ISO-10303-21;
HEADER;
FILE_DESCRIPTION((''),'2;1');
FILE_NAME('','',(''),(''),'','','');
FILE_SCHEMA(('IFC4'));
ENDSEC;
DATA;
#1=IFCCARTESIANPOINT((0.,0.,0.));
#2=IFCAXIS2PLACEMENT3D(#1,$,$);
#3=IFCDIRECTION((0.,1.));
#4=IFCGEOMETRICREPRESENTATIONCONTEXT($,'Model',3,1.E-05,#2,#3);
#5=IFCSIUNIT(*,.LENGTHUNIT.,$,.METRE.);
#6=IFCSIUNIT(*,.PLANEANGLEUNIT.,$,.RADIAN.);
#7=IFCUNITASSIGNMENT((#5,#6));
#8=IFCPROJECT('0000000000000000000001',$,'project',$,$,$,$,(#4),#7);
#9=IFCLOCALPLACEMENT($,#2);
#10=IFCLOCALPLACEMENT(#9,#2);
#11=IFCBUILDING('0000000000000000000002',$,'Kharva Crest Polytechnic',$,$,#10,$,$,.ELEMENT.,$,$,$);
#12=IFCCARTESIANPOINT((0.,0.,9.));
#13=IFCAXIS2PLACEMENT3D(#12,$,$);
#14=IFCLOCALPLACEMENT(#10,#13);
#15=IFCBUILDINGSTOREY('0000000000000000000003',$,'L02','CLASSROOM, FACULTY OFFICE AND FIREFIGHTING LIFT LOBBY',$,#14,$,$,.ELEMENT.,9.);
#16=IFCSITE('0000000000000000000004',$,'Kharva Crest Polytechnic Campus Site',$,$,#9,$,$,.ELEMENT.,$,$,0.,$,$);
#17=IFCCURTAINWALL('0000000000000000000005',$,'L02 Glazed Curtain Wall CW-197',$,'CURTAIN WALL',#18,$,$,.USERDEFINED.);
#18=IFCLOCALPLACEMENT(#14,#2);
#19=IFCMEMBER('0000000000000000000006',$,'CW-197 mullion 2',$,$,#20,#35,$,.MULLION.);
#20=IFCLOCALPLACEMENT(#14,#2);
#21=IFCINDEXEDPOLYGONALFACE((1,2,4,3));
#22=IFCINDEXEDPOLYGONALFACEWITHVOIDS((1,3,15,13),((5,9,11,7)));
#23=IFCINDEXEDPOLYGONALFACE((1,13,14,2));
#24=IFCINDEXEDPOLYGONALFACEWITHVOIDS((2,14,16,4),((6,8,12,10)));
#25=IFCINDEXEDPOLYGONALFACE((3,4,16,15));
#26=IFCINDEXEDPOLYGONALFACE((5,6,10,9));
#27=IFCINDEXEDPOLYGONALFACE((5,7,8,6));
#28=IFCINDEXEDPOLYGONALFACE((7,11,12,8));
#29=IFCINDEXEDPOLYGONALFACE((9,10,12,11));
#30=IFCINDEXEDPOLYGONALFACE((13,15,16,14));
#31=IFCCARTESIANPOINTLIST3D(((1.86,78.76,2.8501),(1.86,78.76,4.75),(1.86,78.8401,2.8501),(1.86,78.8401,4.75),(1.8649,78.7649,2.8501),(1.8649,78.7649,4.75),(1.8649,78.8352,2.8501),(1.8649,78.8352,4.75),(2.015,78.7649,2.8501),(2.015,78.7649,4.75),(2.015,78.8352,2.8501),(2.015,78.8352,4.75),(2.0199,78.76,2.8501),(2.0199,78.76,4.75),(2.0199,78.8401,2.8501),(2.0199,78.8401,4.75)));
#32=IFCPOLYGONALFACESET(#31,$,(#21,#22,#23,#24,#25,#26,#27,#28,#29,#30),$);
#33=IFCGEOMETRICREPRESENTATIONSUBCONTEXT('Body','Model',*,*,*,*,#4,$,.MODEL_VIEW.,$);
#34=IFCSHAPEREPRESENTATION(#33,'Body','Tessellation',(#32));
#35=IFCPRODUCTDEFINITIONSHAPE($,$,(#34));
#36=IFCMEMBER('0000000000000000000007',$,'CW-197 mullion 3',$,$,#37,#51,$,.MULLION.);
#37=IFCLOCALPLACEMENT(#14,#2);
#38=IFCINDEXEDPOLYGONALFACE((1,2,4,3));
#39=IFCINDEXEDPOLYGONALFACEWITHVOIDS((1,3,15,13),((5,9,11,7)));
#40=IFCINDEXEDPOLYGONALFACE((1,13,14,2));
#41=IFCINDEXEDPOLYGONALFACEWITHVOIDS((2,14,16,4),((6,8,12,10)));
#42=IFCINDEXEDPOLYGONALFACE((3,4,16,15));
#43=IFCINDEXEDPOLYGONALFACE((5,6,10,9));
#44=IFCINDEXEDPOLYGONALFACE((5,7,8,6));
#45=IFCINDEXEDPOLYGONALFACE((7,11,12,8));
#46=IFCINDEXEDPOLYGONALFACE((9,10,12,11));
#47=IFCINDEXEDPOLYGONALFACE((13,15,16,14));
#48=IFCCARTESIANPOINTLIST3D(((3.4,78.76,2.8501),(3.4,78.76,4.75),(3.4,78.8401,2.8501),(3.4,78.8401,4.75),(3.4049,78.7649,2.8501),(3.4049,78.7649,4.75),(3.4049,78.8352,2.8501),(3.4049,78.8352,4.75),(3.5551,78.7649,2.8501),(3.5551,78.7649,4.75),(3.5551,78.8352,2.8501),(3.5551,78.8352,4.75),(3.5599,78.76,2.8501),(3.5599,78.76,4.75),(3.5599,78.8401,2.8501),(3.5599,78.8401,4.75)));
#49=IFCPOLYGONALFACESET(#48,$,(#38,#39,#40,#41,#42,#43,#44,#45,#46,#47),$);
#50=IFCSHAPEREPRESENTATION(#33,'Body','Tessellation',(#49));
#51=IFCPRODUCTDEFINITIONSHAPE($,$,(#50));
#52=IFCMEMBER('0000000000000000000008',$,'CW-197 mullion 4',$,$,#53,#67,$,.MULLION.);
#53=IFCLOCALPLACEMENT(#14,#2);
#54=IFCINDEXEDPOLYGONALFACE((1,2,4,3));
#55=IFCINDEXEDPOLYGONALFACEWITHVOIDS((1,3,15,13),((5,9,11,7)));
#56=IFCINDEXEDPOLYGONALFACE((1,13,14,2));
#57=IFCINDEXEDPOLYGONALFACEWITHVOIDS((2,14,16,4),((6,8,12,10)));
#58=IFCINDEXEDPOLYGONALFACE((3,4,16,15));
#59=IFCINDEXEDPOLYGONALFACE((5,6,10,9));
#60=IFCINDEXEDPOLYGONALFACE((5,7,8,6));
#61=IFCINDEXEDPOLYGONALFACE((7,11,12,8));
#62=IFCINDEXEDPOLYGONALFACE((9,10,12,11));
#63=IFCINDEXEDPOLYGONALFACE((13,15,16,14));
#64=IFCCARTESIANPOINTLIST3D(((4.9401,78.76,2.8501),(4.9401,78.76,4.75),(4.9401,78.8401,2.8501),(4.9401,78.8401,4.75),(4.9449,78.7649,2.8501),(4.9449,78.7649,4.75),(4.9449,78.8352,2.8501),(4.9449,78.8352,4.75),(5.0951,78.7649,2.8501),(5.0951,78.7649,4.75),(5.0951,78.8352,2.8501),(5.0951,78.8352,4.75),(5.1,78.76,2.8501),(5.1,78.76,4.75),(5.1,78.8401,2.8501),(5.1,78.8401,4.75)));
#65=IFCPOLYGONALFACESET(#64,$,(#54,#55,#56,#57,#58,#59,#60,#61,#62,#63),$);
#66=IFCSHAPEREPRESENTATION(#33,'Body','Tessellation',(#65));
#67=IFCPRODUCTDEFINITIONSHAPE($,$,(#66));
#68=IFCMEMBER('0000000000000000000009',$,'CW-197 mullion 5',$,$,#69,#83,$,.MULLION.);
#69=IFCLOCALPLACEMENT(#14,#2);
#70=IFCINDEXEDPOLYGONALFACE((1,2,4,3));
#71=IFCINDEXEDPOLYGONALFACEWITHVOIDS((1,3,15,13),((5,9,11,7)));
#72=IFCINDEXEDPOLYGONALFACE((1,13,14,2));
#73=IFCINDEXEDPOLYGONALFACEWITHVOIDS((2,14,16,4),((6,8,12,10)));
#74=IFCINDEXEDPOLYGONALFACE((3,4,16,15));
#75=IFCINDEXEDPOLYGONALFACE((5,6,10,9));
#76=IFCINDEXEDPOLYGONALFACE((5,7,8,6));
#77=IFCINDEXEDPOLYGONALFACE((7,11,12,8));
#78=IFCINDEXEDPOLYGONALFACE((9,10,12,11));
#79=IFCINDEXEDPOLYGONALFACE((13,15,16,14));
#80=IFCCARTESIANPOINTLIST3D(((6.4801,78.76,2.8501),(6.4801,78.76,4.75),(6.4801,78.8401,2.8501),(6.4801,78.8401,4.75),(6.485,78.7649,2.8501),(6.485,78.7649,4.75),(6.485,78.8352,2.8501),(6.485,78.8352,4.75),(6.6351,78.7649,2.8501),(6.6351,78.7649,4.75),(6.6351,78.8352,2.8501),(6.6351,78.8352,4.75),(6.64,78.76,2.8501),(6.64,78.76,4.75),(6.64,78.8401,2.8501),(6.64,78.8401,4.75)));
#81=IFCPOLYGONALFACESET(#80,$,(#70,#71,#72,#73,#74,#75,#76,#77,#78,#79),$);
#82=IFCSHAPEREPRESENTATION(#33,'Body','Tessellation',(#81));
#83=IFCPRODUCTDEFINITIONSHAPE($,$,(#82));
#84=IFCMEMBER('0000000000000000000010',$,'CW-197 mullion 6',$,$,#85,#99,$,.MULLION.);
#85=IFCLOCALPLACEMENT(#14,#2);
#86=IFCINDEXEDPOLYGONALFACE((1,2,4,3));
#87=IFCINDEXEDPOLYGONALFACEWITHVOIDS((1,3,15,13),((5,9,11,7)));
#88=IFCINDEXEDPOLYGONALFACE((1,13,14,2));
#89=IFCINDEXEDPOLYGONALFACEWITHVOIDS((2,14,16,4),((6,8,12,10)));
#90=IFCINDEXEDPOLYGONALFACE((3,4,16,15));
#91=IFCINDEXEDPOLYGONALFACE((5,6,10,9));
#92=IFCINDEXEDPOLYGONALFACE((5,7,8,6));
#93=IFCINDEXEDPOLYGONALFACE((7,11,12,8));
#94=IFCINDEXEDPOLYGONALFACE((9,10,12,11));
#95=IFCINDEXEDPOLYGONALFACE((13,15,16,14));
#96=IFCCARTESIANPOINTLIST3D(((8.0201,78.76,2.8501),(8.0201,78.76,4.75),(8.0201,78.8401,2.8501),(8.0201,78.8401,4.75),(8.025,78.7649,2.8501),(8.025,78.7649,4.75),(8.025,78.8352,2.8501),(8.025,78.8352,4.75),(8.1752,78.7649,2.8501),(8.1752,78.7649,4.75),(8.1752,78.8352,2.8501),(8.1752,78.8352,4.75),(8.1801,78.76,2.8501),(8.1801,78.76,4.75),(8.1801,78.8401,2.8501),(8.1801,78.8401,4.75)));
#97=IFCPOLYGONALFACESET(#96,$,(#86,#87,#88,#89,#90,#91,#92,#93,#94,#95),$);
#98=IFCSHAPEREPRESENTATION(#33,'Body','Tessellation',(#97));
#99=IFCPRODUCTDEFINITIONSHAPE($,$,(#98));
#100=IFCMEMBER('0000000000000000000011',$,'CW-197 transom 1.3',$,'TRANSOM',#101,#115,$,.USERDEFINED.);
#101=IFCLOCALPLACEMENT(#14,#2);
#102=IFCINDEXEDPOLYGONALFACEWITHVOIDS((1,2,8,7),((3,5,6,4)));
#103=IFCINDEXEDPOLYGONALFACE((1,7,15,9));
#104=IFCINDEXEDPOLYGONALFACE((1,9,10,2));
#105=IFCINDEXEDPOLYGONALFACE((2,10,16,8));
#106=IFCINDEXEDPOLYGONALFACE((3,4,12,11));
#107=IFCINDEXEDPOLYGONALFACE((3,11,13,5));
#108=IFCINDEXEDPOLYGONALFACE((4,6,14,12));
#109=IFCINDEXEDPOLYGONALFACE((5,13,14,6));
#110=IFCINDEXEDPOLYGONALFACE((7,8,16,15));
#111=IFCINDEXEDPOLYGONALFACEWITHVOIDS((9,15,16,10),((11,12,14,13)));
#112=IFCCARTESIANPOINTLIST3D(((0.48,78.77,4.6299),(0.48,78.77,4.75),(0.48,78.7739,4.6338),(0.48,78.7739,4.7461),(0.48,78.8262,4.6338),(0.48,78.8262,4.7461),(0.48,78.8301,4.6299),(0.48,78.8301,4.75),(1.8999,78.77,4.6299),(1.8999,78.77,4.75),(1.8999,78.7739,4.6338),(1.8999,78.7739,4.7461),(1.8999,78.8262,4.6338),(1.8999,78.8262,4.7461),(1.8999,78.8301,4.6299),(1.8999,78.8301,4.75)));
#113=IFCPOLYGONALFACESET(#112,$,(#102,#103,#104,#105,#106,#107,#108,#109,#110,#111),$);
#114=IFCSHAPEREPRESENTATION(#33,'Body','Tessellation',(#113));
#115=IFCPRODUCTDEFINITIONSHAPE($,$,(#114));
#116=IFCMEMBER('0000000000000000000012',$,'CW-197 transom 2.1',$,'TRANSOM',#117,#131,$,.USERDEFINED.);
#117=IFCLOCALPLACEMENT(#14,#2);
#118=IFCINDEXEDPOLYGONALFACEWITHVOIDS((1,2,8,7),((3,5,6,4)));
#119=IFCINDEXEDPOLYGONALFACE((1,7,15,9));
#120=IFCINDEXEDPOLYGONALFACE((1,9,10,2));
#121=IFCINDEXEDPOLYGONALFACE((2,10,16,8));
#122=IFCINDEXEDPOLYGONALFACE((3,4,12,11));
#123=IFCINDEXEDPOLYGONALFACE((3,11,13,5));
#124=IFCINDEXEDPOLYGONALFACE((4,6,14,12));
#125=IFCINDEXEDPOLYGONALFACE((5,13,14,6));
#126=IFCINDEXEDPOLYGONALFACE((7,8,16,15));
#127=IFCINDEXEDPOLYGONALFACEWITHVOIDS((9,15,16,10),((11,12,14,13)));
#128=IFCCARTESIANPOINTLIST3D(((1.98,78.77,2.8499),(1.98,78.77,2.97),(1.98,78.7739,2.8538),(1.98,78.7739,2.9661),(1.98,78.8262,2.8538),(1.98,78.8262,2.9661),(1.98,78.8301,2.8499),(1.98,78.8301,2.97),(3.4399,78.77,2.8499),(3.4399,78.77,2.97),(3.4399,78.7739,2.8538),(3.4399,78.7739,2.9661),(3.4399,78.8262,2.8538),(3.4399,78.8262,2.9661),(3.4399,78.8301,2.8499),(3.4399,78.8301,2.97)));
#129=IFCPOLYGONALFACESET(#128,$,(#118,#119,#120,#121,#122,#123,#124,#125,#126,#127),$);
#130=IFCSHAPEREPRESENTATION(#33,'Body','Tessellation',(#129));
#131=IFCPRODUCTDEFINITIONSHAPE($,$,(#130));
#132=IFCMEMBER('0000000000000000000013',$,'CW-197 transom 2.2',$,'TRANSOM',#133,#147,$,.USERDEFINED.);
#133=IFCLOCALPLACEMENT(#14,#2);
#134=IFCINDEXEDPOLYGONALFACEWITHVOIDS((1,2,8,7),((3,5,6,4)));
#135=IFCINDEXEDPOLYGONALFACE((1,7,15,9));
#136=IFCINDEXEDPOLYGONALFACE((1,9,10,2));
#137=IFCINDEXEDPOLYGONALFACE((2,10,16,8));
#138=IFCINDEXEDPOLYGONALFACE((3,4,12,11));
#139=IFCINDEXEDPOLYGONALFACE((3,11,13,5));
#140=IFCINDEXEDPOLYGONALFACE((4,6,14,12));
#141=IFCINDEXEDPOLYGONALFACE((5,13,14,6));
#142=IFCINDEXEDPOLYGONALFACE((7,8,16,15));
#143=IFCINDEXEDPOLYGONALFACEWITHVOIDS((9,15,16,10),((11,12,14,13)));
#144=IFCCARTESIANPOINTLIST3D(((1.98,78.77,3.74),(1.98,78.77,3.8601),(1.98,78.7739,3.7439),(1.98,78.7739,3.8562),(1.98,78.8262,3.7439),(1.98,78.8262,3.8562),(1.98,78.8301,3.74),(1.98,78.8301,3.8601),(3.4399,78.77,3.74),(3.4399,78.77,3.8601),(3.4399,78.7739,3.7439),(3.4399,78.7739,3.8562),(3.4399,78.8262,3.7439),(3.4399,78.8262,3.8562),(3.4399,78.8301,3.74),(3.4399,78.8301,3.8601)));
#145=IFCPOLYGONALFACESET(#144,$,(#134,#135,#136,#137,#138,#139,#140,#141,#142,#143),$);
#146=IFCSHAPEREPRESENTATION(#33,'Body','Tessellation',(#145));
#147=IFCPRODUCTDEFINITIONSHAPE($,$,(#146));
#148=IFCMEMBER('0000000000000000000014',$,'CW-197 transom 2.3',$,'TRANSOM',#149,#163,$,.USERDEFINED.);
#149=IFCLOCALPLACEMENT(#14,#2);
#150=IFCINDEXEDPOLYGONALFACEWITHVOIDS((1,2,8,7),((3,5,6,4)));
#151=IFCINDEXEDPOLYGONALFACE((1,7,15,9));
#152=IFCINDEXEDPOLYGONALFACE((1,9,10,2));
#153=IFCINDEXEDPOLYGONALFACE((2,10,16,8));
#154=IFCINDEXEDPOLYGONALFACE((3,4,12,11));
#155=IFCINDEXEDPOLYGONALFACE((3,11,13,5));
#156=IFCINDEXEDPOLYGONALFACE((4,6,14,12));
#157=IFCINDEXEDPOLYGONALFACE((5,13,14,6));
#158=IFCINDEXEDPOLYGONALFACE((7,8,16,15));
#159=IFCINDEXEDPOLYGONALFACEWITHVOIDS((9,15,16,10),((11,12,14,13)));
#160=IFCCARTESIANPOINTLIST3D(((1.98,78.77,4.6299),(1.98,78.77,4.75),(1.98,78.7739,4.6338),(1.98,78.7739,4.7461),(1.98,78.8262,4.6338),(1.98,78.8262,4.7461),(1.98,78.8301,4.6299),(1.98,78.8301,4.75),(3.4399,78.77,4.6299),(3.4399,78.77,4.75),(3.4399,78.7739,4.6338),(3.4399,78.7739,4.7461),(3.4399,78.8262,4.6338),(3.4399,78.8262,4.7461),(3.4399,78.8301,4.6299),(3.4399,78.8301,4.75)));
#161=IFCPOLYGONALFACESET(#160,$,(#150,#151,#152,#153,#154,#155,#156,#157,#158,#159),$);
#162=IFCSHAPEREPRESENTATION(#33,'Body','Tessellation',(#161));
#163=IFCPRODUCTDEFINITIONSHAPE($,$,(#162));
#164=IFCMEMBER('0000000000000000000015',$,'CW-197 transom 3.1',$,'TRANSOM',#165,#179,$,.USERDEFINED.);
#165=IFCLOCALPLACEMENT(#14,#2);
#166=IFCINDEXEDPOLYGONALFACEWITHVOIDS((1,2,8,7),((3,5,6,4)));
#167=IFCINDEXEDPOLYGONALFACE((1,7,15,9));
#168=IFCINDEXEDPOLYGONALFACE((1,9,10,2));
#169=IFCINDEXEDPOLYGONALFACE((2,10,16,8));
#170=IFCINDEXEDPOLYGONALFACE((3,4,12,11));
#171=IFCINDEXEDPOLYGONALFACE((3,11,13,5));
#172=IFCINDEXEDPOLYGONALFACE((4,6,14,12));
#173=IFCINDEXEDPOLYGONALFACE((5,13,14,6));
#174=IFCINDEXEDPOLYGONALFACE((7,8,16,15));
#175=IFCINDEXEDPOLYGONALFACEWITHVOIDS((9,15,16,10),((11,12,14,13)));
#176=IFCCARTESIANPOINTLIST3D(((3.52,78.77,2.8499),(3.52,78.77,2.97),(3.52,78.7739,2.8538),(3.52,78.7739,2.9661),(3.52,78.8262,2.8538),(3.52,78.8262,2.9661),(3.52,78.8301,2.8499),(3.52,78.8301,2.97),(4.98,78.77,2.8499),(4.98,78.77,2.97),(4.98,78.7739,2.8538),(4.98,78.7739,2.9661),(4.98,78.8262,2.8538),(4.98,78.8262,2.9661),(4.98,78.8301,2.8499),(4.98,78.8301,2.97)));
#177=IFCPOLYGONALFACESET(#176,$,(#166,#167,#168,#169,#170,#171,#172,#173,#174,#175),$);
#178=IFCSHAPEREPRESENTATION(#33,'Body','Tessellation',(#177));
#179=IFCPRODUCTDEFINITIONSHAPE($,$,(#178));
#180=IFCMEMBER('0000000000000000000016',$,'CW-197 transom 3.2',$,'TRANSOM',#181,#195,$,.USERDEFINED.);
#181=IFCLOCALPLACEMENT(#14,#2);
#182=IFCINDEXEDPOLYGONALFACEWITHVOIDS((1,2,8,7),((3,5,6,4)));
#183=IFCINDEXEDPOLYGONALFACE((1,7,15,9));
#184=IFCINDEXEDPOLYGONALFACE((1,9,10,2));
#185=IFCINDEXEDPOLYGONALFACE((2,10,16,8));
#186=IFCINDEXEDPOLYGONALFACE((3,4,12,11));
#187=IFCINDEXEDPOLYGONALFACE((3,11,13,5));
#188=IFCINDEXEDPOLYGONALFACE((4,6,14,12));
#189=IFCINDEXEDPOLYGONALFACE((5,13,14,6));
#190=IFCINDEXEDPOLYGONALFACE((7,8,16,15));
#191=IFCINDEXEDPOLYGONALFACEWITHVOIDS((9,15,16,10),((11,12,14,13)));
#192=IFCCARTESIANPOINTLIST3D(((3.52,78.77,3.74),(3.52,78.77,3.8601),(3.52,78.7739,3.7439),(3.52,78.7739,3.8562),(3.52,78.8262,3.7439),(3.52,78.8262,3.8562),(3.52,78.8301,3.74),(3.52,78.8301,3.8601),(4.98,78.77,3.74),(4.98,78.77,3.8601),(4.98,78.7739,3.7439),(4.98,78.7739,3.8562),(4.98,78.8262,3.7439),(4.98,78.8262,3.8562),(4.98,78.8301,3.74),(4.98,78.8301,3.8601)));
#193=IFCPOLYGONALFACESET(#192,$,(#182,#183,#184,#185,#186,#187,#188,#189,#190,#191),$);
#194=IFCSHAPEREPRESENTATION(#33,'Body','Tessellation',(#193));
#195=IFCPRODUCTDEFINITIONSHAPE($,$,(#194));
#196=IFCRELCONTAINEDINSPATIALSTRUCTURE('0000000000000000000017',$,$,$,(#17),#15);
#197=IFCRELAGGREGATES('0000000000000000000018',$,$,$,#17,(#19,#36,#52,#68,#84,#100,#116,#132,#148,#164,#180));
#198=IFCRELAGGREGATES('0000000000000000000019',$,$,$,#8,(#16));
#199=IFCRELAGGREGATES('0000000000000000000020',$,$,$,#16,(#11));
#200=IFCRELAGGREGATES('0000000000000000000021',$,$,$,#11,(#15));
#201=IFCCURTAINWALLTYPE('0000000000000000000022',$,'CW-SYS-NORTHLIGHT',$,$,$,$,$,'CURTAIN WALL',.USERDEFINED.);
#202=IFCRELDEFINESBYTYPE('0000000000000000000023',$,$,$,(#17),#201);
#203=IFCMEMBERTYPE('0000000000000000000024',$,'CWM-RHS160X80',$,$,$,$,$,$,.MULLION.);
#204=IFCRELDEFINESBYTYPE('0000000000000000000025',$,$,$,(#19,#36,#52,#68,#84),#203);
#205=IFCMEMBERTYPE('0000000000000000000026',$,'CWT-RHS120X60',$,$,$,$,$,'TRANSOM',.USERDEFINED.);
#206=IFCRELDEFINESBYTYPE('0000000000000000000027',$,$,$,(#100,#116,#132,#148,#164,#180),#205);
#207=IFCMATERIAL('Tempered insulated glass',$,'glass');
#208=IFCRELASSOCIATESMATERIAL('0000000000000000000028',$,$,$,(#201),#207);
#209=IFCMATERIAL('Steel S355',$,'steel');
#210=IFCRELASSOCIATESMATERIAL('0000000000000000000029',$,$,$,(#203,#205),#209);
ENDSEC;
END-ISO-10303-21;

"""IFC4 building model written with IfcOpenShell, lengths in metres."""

from ifc_helpers import new_model, si_unit, direction, frame, origin, origin_2d, place, context, subcontext, project, spatial, hollow_rectangle, extrude, material, material_profile, profile_set, type_object, element, aggregate, save


model = new_model("IFC4")

# Units and contexts
model_context = context("Model", 3, precision=1e-05, world=origin(), true_north=direction((0.0, 1.0)))
body_context = subcontext(model_context, "Body", "Model", "MODEL_VIEW")
ifc_project = project(units=[si_unit("LENGTHUNIT", "METRE"), si_unit("PLANEANGLEUNIT", "RADIAN")], contexts=[model_context])

# Site, building, storey
site_placement = place(None, origin())
site = spatial("IfcSite", under=ifc_project, at=site_placement, Name="Kharva Crest Polytechnic Campus Site", CompositionType="ELEMENT", RefElevation=0.0)
building_placement = place(site_placement, origin())
building = spatial("IfcBuilding", under=site, at=building_placement, Name="Kharva Crest Polytechnic", CompositionType="ELEMENT")
storey_placement = place(building_placement, frame((0.0, 0.0, 9.0)))
storey = spatial("IfcBuildingStorey", under=building, at=storey_placement, Name="L02", Description="CLASSROOM, FACULTY OFFICE AND FIREFIGHTING LIFT LOBBY", CompositionType="ELEMENT", Elevation=9.0)

# Curtain wall, members
ifc_material_1 = material(Name="Tempered insulated glass", Category="glass")
curtain_wall_type = type_object("IfcCurtainWallType", Name="CW-SYS-NORTHLIGHT", ElementType="CURTAIN WALL", PredefinedType="USERDEFINED", material=ifc_material_1)
curtain_wall_placement = place(storey_placement, origin())
curtain_wall = element("IfcCurtainWall", 1, at=curtain_wall_placement, inside=storey, type_object=curtain_wall_type, Name="L02 Glazed Curtain Wall CW-197", ObjectType="CURTAIN WALL", PredefinedType="USERDEFINED")
ifc_material_2 = material(Name="Steel S355", Category="steel")
ifc_material_profile_1 = material_profile(ifc_material_2, hollow_rectangle(XDim=0.0801, YDim=0.1599, WallThickness=0.0049, at=origin_2d()), Name="RHS 160X80X5.0")
ifc_profile_set_1 = profile_set([ifc_material_profile_1], Name="Steel S355")
member_type_1 = type_object("IfcMemberType", Name="CWM-RHS160X80", PredefinedType="MULLION", material=ifc_profile_set_1)
member_1_placement = place(storey_placement, frame((1.9399, 78.8, 2.8501), z_axis=(0.0, 0.0, 1.0), x_axis=(0.0, 1.0, 0.0)))
member_1 = element("IfcMember", 2, at=member_1_placement, type_object=member_type_1, Name="CW-197 mullion 2", PredefinedType="MULLION", context=body_context, shape_type="SweptSolid", body=[
    extrude(hollow_rectangle(XDim=0.0801, YDim=0.1599, WallThickness=0.0049, at=origin_2d()), origin(), (0.0, 0.0, 1.0), 1.8999),
])
member_2_placement = place(storey_placement, frame((3.48, 78.8, 2.8501), z_axis=(0.0, 0.0, 1.0), x_axis=(0.0, 1.0, 0.0)))
member_2 = element("IfcMember", 3, at=member_2_placement, type_object=member_type_1, Name="CW-197 mullion 3", PredefinedType="MULLION", context=body_context, shape_type="SweptSolid", body=[
    extrude(hollow_rectangle(XDim=0.0801, YDim=0.1599, WallThickness=0.0049, at=origin_2d()), origin(), (0.0, 0.0, 1.0), 1.8999),
])
member_3_placement = place(storey_placement, frame((5.02, 78.8, 2.8501), z_axis=(0.0, 0.0, 1.0), x_axis=(0.0, 1.0, 0.0)))
member_3 = element("IfcMember", 4, at=member_3_placement, type_object=member_type_1, Name="CW-197 mullion 4", PredefinedType="MULLION", context=body_context, shape_type="SweptSolid", body=[
    extrude(hollow_rectangle(XDim=0.0801, YDim=0.1599, WallThickness=0.0049, at=origin_2d()), origin(), (0.0, 0.0, 1.0), 1.8999),
])
member_4_placement = place(storey_placement, frame((6.5601, 78.8, 2.8501), z_axis=(0.0, 0.0, 1.0), x_axis=(0.0, 1.0, 0.0)))
member_4 = element("IfcMember", 5, at=member_4_placement, type_object=member_type_1, Name="CW-197 mullion 5", PredefinedType="MULLION", context=body_context, shape_type="SweptSolid", body=[
    extrude(hollow_rectangle(XDim=0.0801, YDim=0.1599, WallThickness=0.0049, at=origin_2d()), origin(), (0.0, 0.0, 1.0), 1.8999),
])
member_5_placement = place(storey_placement, frame((8.1001, 78.8, 2.8501), z_axis=(0.0, 0.0, 1.0), x_axis=(0.0, 1.0, 0.0)))
member_5 = element("IfcMember", 6, at=member_5_placement, type_object=member_type_1, Name="CW-197 mullion 6", PredefinedType="MULLION", context=body_context, shape_type="SweptSolid", body=[
    extrude(hollow_rectangle(XDim=0.0801, YDim=0.1599, WallThickness=0.0049, at=origin_2d()), origin(), (0.0, 0.0, 1.0), 1.8999),
])
ifc_material_profile_2 = material_profile(ifc_material_2, hollow_rectangle(XDim=0.0601, YDim=0.1201, WallThickness=0.0039, at=origin_2d()), Name="RHS 120X60X4.0")
ifc_profile_set_2 = profile_set([ifc_material_profile_2], Name="Steel S355")
member_type_2 = type_object("IfcMemberType", Name="CWT-RHS120X60", ElementType="TRANSOM", PredefinedType="USERDEFINED", material=ifc_profile_set_2)
member_6_placement = place(storey_placement, frame((0.48, 78.8, 4.6899), z_axis=(1.0, 0.0, 0.0), x_axis=(0.0, 1.0, 0.0)))
member_6 = element("IfcMember", 7, at=member_6_placement, type_object=member_type_2, Name="CW-197 transom 1.3", ObjectType="TRANSOM", PredefinedType="USERDEFINED", context=body_context, shape_type="SweptSolid", body=[
    extrude(hollow_rectangle(XDim=0.0601, YDim=0.1201, WallThickness=0.0039, at=origin_2d()), origin(), (0.0, 0.0, 1.0), 1.4199),
])
member_7_placement = place(storey_placement, frame((1.98, 78.8, 2.9099), z_axis=(1.0, 0.0, 0.0), x_axis=(0.0, 1.0, 0.0)))
member_7 = element("IfcMember", 8, at=member_7_placement, type_object=member_type_2, Name="CW-197 transom 2.1", ObjectType="TRANSOM", PredefinedType="USERDEFINED", context=body_context, shape_type="SweptSolid", body=[
    extrude(hollow_rectangle(XDim=0.0601, YDim=0.1201, WallThickness=0.0039, at=origin_2d()), origin(), (0.0, 0.0, 1.0), 1.46),
])
member_8_placement = place(storey_placement, frame((1.98, 78.8, 3.8), z_axis=(1.0, 0.0, 0.0), x_axis=(0.0, 1.0, 0.0)))
member_8 = element("IfcMember", 9, at=member_8_placement, type_object=member_type_2, Name="CW-197 transom 2.2", ObjectType="TRANSOM", PredefinedType="USERDEFINED", context=body_context, shape_type="SweptSolid", body=[
    extrude(hollow_rectangle(XDim=0.0601, YDim=0.1201, WallThickness=0.0039, at=origin_2d()), origin(), (0.0, 0.0, 1.0), 1.46),
])
member_9_placement = place(storey_placement, frame((1.98, 78.8, 4.6899), z_axis=(1.0, 0.0, 0.0), x_axis=(0.0, 1.0, 0.0)))
member_9 = element("IfcMember", 10, at=member_9_placement, type_object=member_type_2, Name="CW-197 transom 2.3", ObjectType="TRANSOM", PredefinedType="USERDEFINED", context=body_context, shape_type="SweptSolid", body=[
    extrude(hollow_rectangle(XDim=0.0601, YDim=0.1201, WallThickness=0.0039, at=origin_2d()), origin(), (0.0, 0.0, 1.0), 1.46),
])
member_10_placement = place(storey_placement, frame((3.52, 78.8, 2.9099), z_axis=(1.0, 0.0, 0.0), x_axis=(0.0, 1.0, 0.0)))
member_10 = element("IfcMember", 11, at=member_10_placement, type_object=member_type_2, Name="CW-197 transom 3.1", ObjectType="TRANSOM", PredefinedType="USERDEFINED", context=body_context, shape_type="SweptSolid", body=[
    extrude(hollow_rectangle(XDim=0.0601, YDim=0.1201, WallThickness=0.0039, at=origin_2d()), origin(), (0.0, 0.0, 1.0), 1.46),
])
member_11_placement = place(storey_placement, frame((3.52, 78.8, 3.8), z_axis=(1.0, 0.0, 0.0), x_axis=(0.0, 1.0, 0.0)))
member_11 = element("IfcMember", 12, at=member_11_placement, type_object=member_type_2, Name="CW-197 transom 3.2", ObjectType="TRANSOM", PredefinedType="USERDEFINED", context=body_context, shape_type="SweptSolid", body=[
    extrude(hollow_rectangle(XDim=0.0601, YDim=0.1201, WallThickness=0.0039, at=origin_2d()), origin(), (0.0, 0.0, 1.0), 1.46),
])

aggregate(curtain_wall, [member_1, member_2, member_3, member_4, member_5, member_6, member_7, member_8, member_9, member_10, member_11])

save(model, "model.ifc")
